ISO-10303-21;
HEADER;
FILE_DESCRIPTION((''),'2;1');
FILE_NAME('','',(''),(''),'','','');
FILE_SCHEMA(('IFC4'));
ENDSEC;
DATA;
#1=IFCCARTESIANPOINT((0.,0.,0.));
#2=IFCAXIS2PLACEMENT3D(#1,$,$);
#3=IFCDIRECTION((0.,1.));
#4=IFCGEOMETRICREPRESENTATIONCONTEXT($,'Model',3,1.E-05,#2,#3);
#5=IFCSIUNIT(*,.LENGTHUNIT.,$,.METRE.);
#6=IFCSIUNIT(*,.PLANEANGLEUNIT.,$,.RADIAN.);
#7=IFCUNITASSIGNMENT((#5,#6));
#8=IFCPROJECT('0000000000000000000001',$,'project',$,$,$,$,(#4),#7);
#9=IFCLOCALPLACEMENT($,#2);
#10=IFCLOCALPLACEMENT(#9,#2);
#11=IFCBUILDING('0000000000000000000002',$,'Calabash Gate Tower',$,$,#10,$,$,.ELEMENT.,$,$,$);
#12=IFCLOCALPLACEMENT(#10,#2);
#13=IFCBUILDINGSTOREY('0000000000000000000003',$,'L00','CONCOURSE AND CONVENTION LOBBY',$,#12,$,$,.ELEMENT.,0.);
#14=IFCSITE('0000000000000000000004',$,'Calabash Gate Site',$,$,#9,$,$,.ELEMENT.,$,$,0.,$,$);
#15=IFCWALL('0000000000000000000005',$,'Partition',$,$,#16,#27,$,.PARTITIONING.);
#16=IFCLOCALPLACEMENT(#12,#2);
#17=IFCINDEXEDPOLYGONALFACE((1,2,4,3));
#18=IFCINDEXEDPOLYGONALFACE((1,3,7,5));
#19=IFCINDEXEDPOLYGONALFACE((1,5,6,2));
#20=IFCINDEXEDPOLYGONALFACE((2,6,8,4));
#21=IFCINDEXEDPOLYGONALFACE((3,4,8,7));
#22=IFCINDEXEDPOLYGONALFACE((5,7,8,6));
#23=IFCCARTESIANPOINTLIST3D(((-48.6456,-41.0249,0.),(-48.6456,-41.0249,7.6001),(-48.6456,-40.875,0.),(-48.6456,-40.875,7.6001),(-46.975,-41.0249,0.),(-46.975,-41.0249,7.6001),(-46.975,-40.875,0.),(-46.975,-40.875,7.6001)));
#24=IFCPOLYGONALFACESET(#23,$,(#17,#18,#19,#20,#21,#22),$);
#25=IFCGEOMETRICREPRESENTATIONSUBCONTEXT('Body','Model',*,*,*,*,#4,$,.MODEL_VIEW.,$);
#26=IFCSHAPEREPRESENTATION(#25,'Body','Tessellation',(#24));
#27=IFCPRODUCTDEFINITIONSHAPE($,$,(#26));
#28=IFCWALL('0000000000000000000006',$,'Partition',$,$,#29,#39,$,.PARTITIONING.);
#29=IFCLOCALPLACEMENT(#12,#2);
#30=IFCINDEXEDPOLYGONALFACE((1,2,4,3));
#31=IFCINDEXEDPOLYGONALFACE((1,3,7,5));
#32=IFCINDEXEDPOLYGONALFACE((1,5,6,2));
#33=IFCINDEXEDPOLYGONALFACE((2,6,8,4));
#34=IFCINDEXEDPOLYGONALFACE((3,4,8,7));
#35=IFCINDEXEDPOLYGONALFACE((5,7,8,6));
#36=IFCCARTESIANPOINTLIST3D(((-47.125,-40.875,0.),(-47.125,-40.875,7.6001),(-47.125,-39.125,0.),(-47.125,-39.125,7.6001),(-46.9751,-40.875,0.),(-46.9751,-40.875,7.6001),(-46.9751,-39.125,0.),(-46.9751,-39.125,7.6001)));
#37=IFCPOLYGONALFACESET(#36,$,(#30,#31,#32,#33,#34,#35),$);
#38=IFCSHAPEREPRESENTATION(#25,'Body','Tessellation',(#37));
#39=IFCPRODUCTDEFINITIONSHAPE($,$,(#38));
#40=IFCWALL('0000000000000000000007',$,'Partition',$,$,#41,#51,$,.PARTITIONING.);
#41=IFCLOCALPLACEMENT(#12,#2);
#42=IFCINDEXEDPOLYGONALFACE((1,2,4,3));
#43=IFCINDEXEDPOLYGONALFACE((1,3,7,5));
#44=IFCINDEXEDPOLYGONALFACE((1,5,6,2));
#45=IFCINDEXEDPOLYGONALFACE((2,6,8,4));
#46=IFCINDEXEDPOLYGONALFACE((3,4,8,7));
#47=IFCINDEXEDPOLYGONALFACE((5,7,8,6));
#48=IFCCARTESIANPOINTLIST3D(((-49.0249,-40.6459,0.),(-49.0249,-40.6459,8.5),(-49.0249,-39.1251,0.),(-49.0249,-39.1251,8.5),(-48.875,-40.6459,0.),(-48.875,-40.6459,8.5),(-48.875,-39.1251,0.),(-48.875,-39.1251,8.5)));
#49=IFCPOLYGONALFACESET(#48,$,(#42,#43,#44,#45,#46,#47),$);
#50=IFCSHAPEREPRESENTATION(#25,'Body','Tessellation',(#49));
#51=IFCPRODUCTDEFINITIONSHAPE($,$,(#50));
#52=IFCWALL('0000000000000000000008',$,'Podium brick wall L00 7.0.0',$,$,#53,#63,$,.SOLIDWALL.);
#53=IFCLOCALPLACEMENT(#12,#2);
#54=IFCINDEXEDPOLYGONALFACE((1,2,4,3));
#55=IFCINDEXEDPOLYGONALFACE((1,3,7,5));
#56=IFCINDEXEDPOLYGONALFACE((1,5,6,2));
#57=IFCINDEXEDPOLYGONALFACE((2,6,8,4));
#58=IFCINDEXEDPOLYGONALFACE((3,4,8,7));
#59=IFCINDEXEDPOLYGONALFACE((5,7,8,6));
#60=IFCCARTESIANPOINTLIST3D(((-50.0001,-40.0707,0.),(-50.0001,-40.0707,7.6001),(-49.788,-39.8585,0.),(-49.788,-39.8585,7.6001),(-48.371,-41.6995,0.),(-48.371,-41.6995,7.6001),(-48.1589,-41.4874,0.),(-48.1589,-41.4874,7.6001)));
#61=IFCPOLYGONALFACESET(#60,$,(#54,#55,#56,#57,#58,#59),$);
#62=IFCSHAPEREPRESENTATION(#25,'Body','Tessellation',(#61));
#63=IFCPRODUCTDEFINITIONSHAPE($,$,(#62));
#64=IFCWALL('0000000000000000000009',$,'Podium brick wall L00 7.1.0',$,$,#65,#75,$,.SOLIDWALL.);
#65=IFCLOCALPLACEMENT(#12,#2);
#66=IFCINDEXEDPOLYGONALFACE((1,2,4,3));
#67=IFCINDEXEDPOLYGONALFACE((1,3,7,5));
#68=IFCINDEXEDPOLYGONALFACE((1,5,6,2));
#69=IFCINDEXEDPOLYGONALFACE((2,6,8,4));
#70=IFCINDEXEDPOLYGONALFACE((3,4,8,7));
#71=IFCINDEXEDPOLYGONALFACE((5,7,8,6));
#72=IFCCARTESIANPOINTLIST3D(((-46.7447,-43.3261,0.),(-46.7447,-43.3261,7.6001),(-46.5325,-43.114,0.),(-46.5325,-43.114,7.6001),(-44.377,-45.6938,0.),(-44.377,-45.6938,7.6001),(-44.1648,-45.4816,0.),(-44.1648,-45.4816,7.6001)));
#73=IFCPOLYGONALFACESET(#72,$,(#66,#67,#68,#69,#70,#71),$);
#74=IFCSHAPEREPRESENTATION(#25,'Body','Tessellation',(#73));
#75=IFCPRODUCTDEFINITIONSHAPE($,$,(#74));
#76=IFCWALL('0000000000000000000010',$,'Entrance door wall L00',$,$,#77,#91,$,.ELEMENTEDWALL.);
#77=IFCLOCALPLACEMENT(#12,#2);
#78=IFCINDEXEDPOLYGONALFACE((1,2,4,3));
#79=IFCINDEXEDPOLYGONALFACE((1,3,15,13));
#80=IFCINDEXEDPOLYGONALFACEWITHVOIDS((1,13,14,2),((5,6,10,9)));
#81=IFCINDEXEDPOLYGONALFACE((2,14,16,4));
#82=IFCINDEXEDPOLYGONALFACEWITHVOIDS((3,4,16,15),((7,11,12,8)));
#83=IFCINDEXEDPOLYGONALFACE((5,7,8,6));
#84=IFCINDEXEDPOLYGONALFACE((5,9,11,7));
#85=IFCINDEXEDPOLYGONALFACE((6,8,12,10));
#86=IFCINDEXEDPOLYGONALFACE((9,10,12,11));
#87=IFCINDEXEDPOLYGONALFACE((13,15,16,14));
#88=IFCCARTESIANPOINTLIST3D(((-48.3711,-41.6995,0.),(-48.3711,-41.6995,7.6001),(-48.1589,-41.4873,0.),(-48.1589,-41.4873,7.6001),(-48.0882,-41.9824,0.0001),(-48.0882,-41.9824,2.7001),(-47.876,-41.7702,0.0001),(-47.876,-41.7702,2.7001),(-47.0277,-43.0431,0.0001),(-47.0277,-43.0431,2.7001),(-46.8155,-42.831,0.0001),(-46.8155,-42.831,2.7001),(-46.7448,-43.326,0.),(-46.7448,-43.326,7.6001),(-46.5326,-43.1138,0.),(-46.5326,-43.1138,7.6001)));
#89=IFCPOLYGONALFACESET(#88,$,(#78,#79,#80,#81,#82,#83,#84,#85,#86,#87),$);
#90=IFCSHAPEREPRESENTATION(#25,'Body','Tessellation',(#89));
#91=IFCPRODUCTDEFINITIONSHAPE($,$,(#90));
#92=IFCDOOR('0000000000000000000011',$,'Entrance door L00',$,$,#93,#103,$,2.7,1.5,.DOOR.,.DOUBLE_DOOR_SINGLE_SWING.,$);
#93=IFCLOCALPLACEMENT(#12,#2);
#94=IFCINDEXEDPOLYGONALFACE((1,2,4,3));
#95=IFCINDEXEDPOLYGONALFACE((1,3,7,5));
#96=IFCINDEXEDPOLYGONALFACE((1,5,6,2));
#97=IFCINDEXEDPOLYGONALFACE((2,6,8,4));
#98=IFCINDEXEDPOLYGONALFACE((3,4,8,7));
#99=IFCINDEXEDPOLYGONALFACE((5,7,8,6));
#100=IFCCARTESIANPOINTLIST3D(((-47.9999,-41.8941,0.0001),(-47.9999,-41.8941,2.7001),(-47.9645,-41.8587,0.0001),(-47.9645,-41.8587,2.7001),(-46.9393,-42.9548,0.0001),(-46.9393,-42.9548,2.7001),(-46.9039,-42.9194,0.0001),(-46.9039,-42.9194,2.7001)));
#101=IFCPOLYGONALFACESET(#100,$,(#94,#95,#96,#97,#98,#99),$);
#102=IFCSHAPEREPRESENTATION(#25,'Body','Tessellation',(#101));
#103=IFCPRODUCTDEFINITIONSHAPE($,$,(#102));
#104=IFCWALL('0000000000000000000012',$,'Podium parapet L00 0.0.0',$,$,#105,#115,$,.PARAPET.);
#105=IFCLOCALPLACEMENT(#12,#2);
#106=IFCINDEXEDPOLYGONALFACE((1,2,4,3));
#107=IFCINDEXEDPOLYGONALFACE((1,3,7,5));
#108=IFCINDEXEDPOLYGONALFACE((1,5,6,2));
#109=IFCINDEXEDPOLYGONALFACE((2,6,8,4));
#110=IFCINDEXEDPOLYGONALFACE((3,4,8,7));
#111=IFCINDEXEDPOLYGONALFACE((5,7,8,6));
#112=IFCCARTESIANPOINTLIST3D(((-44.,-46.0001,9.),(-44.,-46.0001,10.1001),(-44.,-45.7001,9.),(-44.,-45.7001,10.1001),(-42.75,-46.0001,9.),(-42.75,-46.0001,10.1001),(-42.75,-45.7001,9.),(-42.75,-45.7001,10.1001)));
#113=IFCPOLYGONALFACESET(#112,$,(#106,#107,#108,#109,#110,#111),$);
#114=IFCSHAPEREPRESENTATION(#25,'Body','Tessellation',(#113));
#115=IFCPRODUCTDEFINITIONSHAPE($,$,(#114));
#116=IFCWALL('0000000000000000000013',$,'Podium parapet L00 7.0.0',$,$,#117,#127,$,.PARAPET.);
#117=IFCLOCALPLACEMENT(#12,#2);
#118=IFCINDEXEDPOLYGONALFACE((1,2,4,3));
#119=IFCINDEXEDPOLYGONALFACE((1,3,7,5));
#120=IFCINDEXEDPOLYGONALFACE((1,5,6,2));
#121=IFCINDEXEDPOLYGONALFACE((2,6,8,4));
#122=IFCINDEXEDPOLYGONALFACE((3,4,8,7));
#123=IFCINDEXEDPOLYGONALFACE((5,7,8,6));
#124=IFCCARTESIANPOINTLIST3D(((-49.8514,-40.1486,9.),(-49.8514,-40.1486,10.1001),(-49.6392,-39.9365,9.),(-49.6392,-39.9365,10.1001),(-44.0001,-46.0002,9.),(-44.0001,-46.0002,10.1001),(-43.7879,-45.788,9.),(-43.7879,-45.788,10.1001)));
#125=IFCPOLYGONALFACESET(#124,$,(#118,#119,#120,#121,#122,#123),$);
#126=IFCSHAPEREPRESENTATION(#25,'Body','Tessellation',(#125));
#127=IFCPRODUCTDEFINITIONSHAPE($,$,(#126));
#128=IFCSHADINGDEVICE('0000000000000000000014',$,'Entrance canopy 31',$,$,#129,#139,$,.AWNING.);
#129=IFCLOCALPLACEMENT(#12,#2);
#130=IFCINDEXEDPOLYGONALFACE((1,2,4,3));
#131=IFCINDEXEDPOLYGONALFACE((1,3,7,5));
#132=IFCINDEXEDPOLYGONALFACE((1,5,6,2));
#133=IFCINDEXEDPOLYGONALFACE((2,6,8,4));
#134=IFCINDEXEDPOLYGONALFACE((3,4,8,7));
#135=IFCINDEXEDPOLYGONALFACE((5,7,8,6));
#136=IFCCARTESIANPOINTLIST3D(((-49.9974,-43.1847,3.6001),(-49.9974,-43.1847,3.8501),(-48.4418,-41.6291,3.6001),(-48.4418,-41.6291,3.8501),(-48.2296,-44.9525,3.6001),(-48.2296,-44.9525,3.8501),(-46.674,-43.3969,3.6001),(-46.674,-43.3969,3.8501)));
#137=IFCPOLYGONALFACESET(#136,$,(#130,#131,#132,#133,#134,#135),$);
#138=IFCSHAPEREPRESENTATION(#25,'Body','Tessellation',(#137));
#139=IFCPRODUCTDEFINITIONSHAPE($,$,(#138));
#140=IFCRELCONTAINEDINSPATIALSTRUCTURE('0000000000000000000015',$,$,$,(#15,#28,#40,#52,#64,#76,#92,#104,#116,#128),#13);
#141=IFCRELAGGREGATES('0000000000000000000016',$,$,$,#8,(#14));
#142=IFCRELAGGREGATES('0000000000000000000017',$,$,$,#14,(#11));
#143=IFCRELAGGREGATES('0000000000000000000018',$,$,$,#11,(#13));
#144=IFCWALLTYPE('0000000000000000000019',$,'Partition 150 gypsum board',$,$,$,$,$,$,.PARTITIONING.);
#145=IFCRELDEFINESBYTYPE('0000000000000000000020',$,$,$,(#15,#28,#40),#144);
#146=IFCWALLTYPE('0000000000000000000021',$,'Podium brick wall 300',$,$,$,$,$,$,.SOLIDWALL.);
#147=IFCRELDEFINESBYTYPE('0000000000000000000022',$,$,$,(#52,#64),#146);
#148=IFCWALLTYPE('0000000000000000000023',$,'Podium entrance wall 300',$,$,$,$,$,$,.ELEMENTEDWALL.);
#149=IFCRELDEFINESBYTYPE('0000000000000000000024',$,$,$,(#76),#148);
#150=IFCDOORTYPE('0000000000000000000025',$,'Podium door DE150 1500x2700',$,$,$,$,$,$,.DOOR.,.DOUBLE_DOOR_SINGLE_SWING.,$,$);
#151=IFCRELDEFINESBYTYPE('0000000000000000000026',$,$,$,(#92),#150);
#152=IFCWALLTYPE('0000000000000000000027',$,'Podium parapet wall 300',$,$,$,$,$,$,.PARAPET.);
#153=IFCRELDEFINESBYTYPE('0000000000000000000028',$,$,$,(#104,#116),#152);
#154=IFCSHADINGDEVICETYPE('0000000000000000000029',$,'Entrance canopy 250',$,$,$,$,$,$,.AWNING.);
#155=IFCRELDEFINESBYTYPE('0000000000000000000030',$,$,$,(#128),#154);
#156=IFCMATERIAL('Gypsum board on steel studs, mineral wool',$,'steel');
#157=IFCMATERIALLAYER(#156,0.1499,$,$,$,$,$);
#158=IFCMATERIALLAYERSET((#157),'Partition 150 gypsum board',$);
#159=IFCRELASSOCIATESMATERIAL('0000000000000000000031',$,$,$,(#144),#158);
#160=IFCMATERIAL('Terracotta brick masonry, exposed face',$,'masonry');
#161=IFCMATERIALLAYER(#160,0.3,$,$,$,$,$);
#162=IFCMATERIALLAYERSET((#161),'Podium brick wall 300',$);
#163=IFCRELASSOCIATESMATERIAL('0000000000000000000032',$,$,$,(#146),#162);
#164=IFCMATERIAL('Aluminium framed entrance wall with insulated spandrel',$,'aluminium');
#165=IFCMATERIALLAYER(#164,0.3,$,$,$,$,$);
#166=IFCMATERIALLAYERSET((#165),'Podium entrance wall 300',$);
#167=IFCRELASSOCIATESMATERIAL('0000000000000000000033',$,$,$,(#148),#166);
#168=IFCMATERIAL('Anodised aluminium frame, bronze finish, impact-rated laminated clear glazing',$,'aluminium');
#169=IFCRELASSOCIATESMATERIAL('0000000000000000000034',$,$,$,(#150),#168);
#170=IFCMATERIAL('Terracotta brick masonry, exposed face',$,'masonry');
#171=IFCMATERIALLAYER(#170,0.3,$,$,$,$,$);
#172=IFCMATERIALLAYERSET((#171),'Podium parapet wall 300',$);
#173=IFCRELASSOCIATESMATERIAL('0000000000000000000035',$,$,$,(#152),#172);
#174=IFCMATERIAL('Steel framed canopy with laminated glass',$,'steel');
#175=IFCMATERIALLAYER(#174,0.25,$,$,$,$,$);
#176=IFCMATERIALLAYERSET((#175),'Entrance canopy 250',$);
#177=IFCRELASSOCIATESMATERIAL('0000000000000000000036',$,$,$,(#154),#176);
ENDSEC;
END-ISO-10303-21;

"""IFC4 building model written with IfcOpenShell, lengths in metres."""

from ifc_helpers import new_model, si_unit, direction, frame, frame_2d, origin, origin_2d, place, context, subcontext, project, spatial, rectangle, extrude, material, layer, layer_set, type_object, element, fill, save


model = new_model("IFC4")

# Units and contexts
model_context = context("Model", 3, precision=1e-05, world=origin(), true_north=direction((0.0, 1.0)))
body_context = subcontext(model_context, "Body", "Model", "MODEL_VIEW")
ifc_project = project(units=[si_unit("LENGTHUNIT", "METRE"), si_unit("PLANEANGLEUNIT", "RADIAN")], contexts=[model_context])

# Site, building, storey
site_placement = place(None, origin())
site = spatial("IfcSite", under=ifc_project, at=site_placement, Name="Calabash Gate Site", CompositionType="ELEMENT", RefElevation=0.0)
building_placement = place(site_placement, origin())
building = spatial("IfcBuilding", under=site, at=building_placement, Name="Calabash Gate Tower", CompositionType="ELEMENT")
storey_placement = place(building_placement, origin())
storey = spatial("IfcBuildingStorey", under=building, at=storey_placement, Name="L00", Description="CONCOURSE AND CONVENTION LOBBY", CompositionType="ELEMENT", Elevation=0.0)

# Walls
ifc_material_1 = material(Name="Gypsum board on steel studs, mineral wool", Category="steel")
ifc_layer_1 = layer(ifc_material_1, 0.1499)
ifc_layer_set_1 = layer_set([ifc_layer_1], Name="Partition 150 gypsum board")
wall_type_1 = type_object("IfcWallType", Name="Partition 150 gypsum board", PredefinedType="PARTITIONING", material=ifc_layer_set_1)
wall_1_placement = place(storey_placement, frame((-48.6458, -40.95, 0.0), z_axis=(0.0, 0.0, 1.0), x_axis=(1.0, 0.0, 0.0)))
element("IfcWall", 1, at=wall_1_placement, inside=storey, type_object=wall_type_1, Name="Partition", PredefinedType="PARTITIONING", context=body_context, shape_type="SweptSolid", body=[
    extrude(rectangle(XDim=1.6707, YDim=0.1499, at=frame_2d((0.8354, 0.0))), origin(), (0.0, 0.0, 1.0), 7.6001),
])
wall_2_placement = place(storey_placement, frame((-47.05, -40.875, 0.0), z_axis=(0.0, 0.0, 1.0), x_axis=(0.0, 1.0, 0.0)))
element("IfcWall", 2, at=wall_2_placement, inside=storey, type_object=wall_type_1, Name="Partition", PredefinedType="PARTITIONING", context=body_context, shape_type="SweptSolid", body=[
    extrude(rectangle(XDim=1.75, YDim=0.1499, at=frame_2d((0.875, 0.0))), origin(), (0.0, 0.0, 1.0), 7.6001),
])
wall_3_placement = place(storey_placement, frame((-48.95, -40.6458, 0.0), z_axis=(0.0, 0.0, 1.0), x_axis=(0.0, 1.0, 0.0)))
element("IfcWall", 3, at=wall_3_placement, inside=storey, type_object=wall_type_1, Name="Partition", PredefinedType="PARTITIONING", context=body_context, shape_type="SweptSolid", body=[
    extrude(rectangle(XDim=1.5208, YDim=0.1499, at=frame_2d((0.7603, 0.0))), origin(), (0.0, 0.0, 1.0), 8.5),
])
ifc_material_2 = material(Name="Terracotta brick masonry, exposed face", Category="masonry")
ifc_layer_2 = layer(ifc_material_2, 0.3)
ifc_layer_set_2 = layer_set([ifc_layer_2], Name="Podium brick wall 300")
wall_type_2 = type_object("IfcWallType", Name="Podium brick wall 300", PredefinedType="SOLIDWALL", material=ifc_layer_set_2)
wall_4_placement = place(storey_placement, frame((-49.894, -39.9646, 0.0), z_axis=(0.0, 0.0, 1.0), x_axis=(0.70716, -0.707054, 0.0)))
element("IfcWall", 4, at=wall_4_placement, inside=storey, type_object=wall_type_2, Name="Podium brick wall L00 7.0.0", PredefinedType="SOLIDWALL", context=body_context, shape_type="SweptSolid", body=[
    extrude(rectangle(XDim=2.3037, YDim=0.3, at=frame_2d((1.1519, 0.0))), origin(), (0.0, 0.0, 1.0), 7.6001),
])
wall_5_placement = place(storey_placement, frame((-46.6387, -43.22, 0.0), z_axis=(0.0, 0.0, 1.0), x_axis=(0.707107, -0.707107, 0.0)))
element("IfcWall", 5, at=wall_5_placement, inside=storey, type_object=wall_type_2, Name="Podium brick wall L00 7.1.0", PredefinedType="SOLIDWALL", context=body_context, shape_type="SweptSolid", body=[
    extrude(rectangle(XDim=3.3484, YDim=0.3, at=frame_2d((1.6743, 0.0))), origin(), (0.0, 0.0, 1.0), 7.6001),
])

# Wall, opening, door
ifc_material_3 = material(Name="Aluminium framed entrance wall with insulated spandrel", Category="aluminium")
ifc_layer_3 = layer(ifc_material_3, 0.3)
ifc_layer_set_3 = layer_set([ifc_layer_3], Name="Podium entrance wall 300")
wall_type_3 = type_object("IfcWallType", Name="Podium entrance wall 300", PredefinedType="ELEMENTEDWALL", material=ifc_layer_set_3)
wall_6_placement = place(storey_placement, frame((-48.2649, -41.5935, 0.0), z_axis=(0.0, 0.0, 1.0), x_axis=(0.707054, -0.70716, 0.0)))
wall_6 = element("IfcWall", 6, at=wall_6_placement, inside=storey, type_object=wall_type_3, Name="Entrance door wall L00", PredefinedType="ELEMENTEDWALL", context=body_context, shape_type="SweptSolid", body=[
    extrude(rectangle(XDim=2.3, YDim=0.3, at=frame_2d((1.1499, 0.0))), origin(), (0.0, 0.0, 1.0), 7.6001),
])
opening_placement = place(wall_6_placement, frame((0.3999, 0.0, 0.0)))
opening = element("IfcOpeningElement", 7, at=opening_placement, cuts=wall_6, PredefinedType="OPENING", context=body_context, shape_type="SweptSolid", body=[
    extrude(rectangle(XDim=1.5, YDim=2.7, at=frame_2d((0.75, 1.3501))), frame((0.0, 0.1599, 0.0), z_axis=(0.0, -1.0, 0.0), x_axis=(1.0, 0.0, 0.0)), (0.0, 0.0, 1.0), 0.3201),
])
ifc_material_4 = material(Name="Anodised aluminium frame, bronze finish, impact-rated laminated clear glazing", Category="aluminium")
door_type = type_object("IfcDoorType", Name="Podium door DE150 1500x2700", OperationType="DOUBLE_DOOR_SINGLE_SWING", PredefinedType="DOOR", material=ifc_material_4)
door_placement = place(opening_placement, origin())
door = element("IfcDoor", 8, at=door_placement, inside=storey, type_object=door_type, Name="Entrance door L00", OperationType="DOUBLE_DOOR_SINGLE_SWING", OverallHeight=2.7, OverallWidth=1.5, PredefinedType="DOOR", context=body_context, shape_type="SweptSolid", body=[
    extrude(rectangle(XDim=1.5, YDim=2.7, at=frame_2d((0.75, 1.3501))), frame((0.0, 0.0249, 0.0), z_axis=(0.0, -1.0, 0.0), x_axis=(1.0, 0.0, 0.0)), (0.0, 0.0, 1.0), 0.05),
])
fill(opening, door)

# Walls
ifc_material_5 = material(Name="Terracotta brick masonry, exposed face", Category="masonry")
ifc_layer_4 = layer(ifc_material_5, 0.3)
ifc_layer_set_4 = layer_set([ifc_layer_4], Name="Podium parapet wall 300")
wall_type_4 = type_object("IfcWallType", Name="Podium parapet wall 300", PredefinedType="PARAPET", material=ifc_layer_set_4)
wall_7_placement = place(storey_placement, frame((-44.0, -45.8501, 9.0), z_axis=(0.0, 0.0, 1.0), x_axis=(1.0, 0.0, 0.0)))
element("IfcWall", 9, at=wall_7_placement, inside=storey, type_object=wall_type_4, Name="Podium parapet L00 0.0.0", PredefinedType="PARAPET", context=body_context, shape_type="SweptSolid", body=[
    extrude(rectangle(XDim=1.25, YDim=0.3, at=frame_2d((0.625, 0.0))), origin(), (0.0, 0.0, 1.0), 1.1001),
])
wall_8_placement = place(storey_placement, frame((-49.7454, -40.0425, 9.0), z_axis=(0.0, 0.0, 1.0), x_axis=(0.707092, -0.707122, 0.0)))
element("IfcWall", 10, at=wall_8_placement, inside=storey, type_object=wall_type_4, Name="Podium parapet L00 7.0.0", PredefinedType="PARAPET", context=body_context, shape_type="SweptSolid", body=[
    extrude(rectangle(XDim=8.2751, YDim=0.3, at=frame_2d((4.1377, 0.0))), origin(), (0.0, 0.0, 1.0), 1.1001),
])

# Shading device
ifc_material_6 = material(Name="Steel framed canopy with laminated glass", Category="steel")
ifc_layer_5 = layer(ifc_material_6, 0.25)
ifc_layer_set_5 = layer_set([ifc_layer_5], Name="Entrance canopy 250")
shading_device_type = type_object("IfcShadingDeviceType", Name="Entrance canopy 250", PredefinedType="AWNING", material=ifc_layer_set_5)
shading_device_placement = place(storey_placement, frame((-48.3357, -43.2908, 3.6001), z_axis=(0.0, 0.0, 1.0), x_axis=(0.707107, -0.707107, 0.0)))
element("IfcShadingDevice", 11, at=shading_device_placement, inside=storey, type_object=shading_device_type, Name="Entrance canopy 31", PredefinedType="AWNING", context=body_context, shape_type="SweptSolid", body=[
    extrude(rectangle(XDim=2.5, YDim=2.2, at=origin_2d()), origin(), (0.0, 0.0, 1.0), 0.25),
])

save(model, "model.ifc")
